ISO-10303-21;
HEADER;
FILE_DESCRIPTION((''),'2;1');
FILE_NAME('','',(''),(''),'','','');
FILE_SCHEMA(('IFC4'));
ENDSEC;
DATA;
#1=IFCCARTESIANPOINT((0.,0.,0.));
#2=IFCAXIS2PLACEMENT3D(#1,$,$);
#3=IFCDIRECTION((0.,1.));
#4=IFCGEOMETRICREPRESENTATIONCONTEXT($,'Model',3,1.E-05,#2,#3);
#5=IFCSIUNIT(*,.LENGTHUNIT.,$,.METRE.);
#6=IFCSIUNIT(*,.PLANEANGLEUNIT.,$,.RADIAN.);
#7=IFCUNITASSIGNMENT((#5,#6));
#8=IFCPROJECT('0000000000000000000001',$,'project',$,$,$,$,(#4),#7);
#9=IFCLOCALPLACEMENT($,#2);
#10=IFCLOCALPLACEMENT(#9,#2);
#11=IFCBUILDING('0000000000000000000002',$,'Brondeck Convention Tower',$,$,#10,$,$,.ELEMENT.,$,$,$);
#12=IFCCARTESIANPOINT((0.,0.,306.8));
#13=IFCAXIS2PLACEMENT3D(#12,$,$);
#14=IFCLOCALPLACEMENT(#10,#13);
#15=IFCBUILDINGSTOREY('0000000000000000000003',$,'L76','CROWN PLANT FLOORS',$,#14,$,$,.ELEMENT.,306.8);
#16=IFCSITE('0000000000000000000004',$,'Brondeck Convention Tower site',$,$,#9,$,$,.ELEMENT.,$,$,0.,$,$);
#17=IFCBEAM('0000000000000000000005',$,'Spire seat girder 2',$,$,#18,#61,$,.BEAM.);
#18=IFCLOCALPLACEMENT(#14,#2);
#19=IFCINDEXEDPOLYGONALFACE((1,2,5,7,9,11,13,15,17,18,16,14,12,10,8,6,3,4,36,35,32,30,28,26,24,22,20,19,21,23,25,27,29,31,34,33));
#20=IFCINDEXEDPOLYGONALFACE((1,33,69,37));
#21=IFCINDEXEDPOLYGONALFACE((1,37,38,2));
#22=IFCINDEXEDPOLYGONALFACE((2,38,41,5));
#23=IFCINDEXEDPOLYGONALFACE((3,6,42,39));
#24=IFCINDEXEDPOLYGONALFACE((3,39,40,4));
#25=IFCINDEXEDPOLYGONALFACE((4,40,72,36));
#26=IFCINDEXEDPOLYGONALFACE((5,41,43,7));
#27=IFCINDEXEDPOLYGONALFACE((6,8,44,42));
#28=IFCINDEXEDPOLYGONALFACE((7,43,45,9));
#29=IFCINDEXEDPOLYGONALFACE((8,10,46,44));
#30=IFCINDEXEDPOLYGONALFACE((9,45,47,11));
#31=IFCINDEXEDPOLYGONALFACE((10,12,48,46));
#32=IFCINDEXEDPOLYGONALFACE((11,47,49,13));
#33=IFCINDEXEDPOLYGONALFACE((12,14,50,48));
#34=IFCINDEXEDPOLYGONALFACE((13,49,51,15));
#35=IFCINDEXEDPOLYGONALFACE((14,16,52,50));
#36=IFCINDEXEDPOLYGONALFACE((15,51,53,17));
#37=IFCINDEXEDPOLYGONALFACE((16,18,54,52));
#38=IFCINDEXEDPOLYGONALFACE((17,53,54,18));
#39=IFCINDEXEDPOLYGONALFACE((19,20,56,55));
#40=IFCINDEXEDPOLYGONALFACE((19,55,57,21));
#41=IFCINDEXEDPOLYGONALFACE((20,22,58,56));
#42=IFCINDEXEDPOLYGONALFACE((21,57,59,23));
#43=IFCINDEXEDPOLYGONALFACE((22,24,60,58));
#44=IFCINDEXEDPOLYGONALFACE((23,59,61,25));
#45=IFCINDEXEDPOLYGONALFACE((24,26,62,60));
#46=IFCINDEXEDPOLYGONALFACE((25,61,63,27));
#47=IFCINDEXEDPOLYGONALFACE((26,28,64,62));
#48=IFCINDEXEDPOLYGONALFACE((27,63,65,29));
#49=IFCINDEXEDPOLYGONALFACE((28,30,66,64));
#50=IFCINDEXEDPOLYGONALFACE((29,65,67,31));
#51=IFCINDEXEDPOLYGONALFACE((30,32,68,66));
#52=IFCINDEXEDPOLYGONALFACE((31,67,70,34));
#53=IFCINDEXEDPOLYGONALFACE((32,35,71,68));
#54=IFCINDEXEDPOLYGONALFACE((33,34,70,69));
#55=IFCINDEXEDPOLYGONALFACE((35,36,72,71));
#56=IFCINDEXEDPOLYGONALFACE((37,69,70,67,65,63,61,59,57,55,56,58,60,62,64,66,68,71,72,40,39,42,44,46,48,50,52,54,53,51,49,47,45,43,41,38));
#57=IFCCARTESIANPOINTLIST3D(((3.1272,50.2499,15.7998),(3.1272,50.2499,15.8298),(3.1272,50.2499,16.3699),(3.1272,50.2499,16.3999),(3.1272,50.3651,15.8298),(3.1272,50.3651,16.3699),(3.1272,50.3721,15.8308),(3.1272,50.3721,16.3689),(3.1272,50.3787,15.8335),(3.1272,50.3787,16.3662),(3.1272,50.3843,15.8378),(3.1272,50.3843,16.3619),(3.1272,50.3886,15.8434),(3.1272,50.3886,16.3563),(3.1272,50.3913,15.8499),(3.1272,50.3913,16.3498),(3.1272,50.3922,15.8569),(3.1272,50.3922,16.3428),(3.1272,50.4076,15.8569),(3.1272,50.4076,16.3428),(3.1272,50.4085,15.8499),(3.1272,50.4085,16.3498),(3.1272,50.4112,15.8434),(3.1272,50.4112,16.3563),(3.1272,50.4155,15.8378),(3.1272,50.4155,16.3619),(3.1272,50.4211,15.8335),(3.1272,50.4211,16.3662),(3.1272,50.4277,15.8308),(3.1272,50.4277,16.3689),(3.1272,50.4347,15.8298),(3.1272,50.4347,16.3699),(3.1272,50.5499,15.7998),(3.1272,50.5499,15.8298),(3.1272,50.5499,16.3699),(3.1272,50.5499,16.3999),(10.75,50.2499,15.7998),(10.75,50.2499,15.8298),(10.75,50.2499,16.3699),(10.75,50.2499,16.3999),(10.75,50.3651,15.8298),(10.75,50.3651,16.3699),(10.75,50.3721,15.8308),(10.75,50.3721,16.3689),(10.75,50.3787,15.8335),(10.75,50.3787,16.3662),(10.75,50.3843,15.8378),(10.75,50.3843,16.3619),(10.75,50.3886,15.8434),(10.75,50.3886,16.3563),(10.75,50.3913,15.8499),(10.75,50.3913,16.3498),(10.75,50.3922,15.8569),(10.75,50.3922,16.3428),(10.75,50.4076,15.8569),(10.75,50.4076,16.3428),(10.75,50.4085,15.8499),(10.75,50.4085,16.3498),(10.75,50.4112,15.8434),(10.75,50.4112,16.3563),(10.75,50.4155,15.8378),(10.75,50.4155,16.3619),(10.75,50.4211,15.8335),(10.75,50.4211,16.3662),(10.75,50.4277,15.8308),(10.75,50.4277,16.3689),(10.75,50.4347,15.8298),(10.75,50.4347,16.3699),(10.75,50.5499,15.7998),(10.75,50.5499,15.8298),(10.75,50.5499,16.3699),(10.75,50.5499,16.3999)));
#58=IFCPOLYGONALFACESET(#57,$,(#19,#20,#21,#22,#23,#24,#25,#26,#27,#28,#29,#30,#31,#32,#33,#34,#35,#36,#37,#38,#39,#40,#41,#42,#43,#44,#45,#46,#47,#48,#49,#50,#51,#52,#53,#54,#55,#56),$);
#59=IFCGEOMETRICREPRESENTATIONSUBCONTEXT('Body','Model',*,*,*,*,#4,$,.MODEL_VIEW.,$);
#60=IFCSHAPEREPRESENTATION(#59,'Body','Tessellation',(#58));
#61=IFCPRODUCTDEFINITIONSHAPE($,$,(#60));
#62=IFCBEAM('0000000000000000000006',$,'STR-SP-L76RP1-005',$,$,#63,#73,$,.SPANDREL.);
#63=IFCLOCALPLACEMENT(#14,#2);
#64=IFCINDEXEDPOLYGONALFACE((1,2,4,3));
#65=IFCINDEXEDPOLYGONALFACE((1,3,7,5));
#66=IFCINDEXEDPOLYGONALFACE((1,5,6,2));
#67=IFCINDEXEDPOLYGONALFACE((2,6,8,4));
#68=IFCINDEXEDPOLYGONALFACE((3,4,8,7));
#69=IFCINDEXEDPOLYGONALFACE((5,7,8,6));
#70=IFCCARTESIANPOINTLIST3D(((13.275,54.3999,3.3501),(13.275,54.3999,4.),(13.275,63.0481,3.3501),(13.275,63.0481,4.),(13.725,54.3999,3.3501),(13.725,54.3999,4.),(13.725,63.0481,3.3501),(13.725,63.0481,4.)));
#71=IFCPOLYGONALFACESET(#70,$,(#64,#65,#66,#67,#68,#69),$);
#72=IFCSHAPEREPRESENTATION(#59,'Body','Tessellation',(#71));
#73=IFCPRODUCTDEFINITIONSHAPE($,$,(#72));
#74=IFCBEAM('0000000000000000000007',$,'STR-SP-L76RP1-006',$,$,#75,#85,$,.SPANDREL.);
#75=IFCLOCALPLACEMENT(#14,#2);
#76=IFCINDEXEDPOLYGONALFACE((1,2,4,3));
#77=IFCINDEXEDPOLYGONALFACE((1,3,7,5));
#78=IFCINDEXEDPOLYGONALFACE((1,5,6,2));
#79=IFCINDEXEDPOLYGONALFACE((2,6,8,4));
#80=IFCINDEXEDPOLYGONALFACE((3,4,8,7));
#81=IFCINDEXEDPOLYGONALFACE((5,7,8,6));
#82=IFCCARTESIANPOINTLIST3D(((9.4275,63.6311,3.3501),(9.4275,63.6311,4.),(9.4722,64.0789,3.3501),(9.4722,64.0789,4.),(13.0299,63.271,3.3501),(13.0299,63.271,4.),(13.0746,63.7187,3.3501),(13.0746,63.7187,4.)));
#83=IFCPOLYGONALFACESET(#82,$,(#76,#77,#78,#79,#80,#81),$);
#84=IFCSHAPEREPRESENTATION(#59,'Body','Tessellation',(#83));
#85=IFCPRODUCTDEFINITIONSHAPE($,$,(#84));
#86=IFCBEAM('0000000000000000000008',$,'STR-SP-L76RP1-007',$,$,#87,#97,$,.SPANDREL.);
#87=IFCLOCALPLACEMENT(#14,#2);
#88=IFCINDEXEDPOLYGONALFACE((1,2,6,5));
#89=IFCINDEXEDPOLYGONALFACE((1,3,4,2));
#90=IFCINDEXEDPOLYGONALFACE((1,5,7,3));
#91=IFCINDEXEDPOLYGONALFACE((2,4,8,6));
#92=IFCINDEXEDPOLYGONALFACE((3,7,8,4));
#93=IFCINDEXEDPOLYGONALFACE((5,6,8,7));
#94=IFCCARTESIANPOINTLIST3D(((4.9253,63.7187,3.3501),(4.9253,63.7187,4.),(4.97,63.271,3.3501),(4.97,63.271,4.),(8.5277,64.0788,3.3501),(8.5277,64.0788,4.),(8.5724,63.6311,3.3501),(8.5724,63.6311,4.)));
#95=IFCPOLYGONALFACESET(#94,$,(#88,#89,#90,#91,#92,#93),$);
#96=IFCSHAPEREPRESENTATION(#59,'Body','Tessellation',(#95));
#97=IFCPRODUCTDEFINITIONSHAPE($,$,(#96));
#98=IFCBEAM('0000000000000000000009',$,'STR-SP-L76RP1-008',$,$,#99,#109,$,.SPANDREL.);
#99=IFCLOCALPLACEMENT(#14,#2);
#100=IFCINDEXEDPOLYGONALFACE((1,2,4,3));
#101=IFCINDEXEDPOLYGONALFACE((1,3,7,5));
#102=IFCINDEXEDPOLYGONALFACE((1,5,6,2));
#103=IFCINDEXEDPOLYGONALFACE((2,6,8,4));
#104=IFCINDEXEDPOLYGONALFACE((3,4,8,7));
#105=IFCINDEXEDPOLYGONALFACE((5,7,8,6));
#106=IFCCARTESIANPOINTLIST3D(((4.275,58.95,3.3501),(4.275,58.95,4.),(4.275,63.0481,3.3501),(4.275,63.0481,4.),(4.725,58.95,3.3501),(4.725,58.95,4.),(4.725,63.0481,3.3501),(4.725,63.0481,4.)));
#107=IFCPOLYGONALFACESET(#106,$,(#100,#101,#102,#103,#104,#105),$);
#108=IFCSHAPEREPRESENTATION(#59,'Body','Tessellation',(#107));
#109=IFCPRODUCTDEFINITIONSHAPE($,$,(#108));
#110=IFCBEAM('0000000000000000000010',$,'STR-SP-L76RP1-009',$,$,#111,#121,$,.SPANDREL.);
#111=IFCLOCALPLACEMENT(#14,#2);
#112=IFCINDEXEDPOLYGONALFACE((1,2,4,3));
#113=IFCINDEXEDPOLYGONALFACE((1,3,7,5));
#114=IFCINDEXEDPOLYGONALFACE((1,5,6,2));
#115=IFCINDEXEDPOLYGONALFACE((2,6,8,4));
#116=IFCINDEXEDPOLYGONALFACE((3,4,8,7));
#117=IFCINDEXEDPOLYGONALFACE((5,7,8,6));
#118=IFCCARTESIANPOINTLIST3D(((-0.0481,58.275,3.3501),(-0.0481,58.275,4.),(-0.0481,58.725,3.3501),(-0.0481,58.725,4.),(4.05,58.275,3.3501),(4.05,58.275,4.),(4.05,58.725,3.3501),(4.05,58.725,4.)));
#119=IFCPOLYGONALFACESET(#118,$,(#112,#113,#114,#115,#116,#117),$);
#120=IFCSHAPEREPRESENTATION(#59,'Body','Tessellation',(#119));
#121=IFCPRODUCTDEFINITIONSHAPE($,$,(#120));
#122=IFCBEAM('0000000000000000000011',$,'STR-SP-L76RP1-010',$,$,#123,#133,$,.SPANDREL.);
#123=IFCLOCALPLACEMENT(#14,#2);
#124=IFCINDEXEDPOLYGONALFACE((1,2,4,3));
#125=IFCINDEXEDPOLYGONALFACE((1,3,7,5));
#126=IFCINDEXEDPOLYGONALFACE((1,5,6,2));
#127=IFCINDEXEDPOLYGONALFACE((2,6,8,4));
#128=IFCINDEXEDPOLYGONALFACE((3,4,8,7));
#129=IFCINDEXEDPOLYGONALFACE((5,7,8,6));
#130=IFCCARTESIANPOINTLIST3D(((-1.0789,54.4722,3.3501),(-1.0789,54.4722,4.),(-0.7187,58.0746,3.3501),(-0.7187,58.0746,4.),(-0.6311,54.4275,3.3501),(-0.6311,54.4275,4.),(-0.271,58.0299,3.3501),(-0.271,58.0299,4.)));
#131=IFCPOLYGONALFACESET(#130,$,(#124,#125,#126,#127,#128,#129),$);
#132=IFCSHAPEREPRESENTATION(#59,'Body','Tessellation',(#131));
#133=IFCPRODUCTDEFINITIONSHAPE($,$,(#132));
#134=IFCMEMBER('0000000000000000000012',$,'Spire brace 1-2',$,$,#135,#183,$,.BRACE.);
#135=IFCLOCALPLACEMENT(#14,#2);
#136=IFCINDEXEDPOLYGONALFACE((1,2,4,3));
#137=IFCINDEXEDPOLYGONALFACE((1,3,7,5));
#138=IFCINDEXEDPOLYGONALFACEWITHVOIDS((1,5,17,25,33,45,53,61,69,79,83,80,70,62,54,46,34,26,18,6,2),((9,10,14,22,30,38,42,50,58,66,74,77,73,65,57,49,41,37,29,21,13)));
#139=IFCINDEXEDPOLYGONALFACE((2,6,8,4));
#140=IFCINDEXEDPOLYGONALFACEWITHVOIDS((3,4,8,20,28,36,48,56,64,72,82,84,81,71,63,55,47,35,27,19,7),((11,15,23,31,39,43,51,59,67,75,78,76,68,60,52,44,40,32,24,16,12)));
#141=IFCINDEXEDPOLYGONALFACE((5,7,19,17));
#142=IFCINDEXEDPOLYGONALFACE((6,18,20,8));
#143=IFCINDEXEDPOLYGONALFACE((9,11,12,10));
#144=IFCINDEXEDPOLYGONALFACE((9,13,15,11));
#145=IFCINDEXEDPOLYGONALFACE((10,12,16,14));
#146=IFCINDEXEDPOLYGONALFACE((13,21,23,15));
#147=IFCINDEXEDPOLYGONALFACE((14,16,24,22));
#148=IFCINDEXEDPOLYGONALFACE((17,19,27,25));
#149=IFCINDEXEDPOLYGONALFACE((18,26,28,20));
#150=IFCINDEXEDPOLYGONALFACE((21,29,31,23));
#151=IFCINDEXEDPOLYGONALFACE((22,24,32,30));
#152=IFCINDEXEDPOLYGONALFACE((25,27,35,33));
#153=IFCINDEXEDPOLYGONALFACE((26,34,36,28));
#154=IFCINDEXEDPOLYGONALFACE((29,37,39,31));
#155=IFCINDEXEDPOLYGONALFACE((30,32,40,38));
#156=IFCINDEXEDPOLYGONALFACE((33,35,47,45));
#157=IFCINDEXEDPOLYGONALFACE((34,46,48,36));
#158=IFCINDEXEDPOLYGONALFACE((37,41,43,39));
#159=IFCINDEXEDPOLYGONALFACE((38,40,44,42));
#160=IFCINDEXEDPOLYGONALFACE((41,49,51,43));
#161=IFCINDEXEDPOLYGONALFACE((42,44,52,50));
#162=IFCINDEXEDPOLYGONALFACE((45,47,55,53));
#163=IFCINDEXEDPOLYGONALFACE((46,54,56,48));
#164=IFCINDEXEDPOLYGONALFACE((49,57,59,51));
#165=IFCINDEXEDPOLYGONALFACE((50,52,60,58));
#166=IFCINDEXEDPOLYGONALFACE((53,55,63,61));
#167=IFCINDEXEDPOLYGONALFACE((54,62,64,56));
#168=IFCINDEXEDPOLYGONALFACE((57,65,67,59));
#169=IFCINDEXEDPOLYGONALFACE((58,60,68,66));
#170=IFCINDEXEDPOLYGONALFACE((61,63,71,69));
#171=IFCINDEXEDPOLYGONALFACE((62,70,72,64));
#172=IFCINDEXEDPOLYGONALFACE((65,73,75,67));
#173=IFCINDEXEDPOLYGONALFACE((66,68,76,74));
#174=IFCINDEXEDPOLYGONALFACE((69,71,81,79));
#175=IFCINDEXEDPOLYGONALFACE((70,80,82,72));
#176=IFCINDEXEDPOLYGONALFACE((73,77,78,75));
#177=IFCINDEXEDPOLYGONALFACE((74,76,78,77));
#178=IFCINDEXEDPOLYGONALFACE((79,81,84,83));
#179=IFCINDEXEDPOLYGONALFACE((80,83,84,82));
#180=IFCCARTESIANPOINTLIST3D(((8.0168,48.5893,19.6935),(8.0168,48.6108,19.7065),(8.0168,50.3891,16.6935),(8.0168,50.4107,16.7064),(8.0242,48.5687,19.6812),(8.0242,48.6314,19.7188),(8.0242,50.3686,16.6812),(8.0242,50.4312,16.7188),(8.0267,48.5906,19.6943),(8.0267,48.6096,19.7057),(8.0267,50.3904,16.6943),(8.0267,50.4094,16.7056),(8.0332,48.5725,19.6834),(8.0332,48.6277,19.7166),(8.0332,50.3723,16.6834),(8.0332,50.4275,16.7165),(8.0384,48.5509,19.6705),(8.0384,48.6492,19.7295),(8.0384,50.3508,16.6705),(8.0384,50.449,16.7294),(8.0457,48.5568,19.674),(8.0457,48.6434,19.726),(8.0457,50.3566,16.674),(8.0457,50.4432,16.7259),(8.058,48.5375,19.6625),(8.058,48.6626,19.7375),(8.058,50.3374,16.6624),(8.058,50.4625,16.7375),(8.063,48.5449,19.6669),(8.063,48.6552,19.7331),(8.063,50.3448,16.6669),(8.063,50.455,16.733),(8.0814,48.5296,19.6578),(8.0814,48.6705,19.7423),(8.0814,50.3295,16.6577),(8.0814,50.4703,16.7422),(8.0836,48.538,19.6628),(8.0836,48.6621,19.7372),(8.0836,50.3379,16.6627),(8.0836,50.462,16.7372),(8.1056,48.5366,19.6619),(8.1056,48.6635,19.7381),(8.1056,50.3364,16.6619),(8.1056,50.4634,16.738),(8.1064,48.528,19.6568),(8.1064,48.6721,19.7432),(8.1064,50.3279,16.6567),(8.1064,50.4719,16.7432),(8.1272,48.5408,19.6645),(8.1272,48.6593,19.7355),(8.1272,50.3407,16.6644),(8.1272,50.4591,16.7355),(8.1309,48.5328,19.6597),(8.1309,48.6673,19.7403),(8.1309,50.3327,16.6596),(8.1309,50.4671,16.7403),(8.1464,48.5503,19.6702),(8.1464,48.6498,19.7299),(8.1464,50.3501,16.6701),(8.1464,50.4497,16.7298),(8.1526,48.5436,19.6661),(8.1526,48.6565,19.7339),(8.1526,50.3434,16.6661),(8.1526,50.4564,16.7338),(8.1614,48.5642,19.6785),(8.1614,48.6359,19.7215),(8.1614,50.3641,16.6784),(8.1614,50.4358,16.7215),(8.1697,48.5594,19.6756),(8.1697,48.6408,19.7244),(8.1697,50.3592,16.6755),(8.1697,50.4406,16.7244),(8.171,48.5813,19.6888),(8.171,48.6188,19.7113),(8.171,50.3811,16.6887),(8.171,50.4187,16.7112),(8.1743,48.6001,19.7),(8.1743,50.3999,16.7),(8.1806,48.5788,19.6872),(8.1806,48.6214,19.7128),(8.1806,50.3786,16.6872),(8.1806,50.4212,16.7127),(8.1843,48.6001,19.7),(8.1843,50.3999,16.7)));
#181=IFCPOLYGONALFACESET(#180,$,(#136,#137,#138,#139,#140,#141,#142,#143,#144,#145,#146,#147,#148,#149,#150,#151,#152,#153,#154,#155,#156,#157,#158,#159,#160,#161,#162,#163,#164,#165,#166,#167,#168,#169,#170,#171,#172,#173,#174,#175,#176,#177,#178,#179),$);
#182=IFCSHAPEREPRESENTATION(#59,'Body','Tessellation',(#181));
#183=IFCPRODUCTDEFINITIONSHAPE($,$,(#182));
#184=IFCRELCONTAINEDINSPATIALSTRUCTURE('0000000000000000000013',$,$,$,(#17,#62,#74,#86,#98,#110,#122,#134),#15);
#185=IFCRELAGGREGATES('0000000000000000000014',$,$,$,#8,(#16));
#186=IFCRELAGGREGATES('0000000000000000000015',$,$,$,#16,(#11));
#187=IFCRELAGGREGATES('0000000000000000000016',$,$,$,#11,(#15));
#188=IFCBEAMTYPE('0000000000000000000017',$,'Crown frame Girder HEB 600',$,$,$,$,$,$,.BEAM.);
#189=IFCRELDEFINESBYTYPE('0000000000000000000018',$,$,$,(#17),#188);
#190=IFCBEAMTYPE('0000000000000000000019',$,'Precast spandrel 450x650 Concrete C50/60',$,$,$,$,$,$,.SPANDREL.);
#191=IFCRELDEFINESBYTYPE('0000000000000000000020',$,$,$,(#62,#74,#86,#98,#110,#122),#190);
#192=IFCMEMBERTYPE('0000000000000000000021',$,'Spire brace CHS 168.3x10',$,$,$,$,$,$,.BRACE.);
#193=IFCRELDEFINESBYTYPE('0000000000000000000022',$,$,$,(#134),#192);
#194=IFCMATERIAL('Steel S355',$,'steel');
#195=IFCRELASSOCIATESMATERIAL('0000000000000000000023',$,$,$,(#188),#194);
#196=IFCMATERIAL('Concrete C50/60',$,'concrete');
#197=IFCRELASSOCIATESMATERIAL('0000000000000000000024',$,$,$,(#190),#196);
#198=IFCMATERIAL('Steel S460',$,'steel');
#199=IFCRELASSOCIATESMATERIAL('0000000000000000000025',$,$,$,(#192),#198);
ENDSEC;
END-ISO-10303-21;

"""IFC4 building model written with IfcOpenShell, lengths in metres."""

from ifc_helpers import new_model, si_unit, direction, frame, origin, origin_2d, place, context, subcontext, project, spatial, rectangle, hollow_circle, i_section, extrude, material, material_profile, profile_set, type_object, element, save


model = new_model("IFC4")

# Units and contexts
model_context = context("Model", 3, precision=1e-05, world=origin(), true_north=direction((0.0, 1.0)))
body_context = subcontext(model_context, "Body", "Model", "MODEL_VIEW")
ifc_project = project(units=[si_unit("LENGTHUNIT", "METRE"), si_unit("PLANEANGLEUNIT", "RADIAN")], contexts=[model_context])

# Site, building, storey
site_placement = place(None, origin())
site = spatial("IfcSite", under=ifc_project, at=site_placement, Name="Brondeck Convention Tower site", CompositionType="ELEMENT", RefElevation=0.0)
building_placement = place(site_placement, origin())
building = spatial("IfcBuilding", under=site, at=building_placement, Name="Brondeck Convention Tower", CompositionType="ELEMENT")
storey_placement = place(building_placement, frame((0.0, 0.0, 306.8)))
storey = spatial("IfcBuildingStorey", under=building, at=storey_placement, Name="L76", Description="CROWN PLANT FLOORS", CompositionType="ELEMENT", Elevation=306.8)

# Beams
ifc_material_1 = material(Name="Steel S355", Category="steel")
ifc_material_profile_1 = material_profile(ifc_material_1, i_section(OverallWidth=0.3, OverallDepth=0.6001, WebThickness=0.0154, FlangeThickness=0.03, FilletRadius=0.0271, at=origin_2d()), Name="HEB 600")
ifc_profile_set_1 = profile_set([ifc_material_profile_1], Name="Steel S355")
beam_type_1 = type_object("IfcBeamType", Name="Crown frame Girder HEB 600", PredefinedType="BEAM", material=ifc_profile_set_1)
beam_1_placement = place(storey_placement, frame((3.1272, 50.3999, 16.0999), z_axis=(1.0, 0.0, 0.0), x_axis=(0.0, 1.0, 0.0)))
element("IfcBeam", 1, at=beam_1_placement, inside=storey, type_object=beam_type_1, Name="Spire seat girder 2", PredefinedType="BEAM", context=body_context, shape_type="SweptSolid", body=[
    extrude(i_section(OverallWidth=0.3, OverallDepth=0.6001, WebThickness=0.0154, FlangeThickness=0.03, FilletRadius=0.0271, at=origin_2d()), origin(), (0.0, 0.0, 1.0), 7.6228),
])
ifc_material_2 = material(Name="Concrete C50/60", Category="concrete")
ifc_material_profile_2 = material_profile(ifc_material_2, rectangle(XDim=0.45, YDim=0.6499, at=origin_2d()), Name="Precast spandrel 450x650 Concrete C50/60")
ifc_profile_set_2 = profile_set([ifc_material_profile_2], Name="Concrete C50/60")
beam_type_2 = type_object("IfcBeamType", Name="Precast spandrel 450x650 Concrete C50/60", PredefinedType="SPANDREL", material=ifc_profile_set_2)
beam_2_placement = place(storey_placement, frame((13.5, 54.3999, 3.675), z_axis=(0.0, 1.0, 0.0), x_axis=(-1.0, 0.0, 0.0)))
element("IfcBeam", 2, at=beam_2_placement, inside=storey, type_object=beam_type_2, Name="STR-SP-L76RP1-005", PredefinedType="SPANDREL", context=body_context, shape_type="SweptSolid", body=[
    extrude(rectangle(XDim=0.45, YDim=0.6499, at=origin_2d()), origin(), (0.0, 0.0, 1.0), 8.6482),
])
for number, where, z_axis, x_axis, name in (
    (3, (13.0522, 63.4949, 3.675), (-0.995041, 0.09947, 0.0), (-0.09947, -0.995041, 0.0), "STR-SP-L76RP1-006"),
    (4, (8.55, 63.855, 3.675), (-0.995041, -0.09947, 0.0), (0.09947, -0.995041, 0.0), "STR-SP-L76RP1-007"),
):
    element("IfcBeam", number, at=place(storey_placement, frame(where, z_axis=z_axis, x_axis=x_axis)), inside=storey, type_object=beam_type_2, Name=name, PredefinedType="SPANDREL", context=body_context, shape_type="SweptSolid", body=[
        extrude(rectangle(XDim=0.45, YDim=0.6499, at=origin_2d()), origin(), (0.0, 0.0, 1.0), 3.6204),
    ])
for number, where, z_axis, x_axis, name in (
    (5, (4.5, 63.0481, 3.675), (0.0, -1.0, 0.0), (1.0, 0.0, 0.0), "STR-SP-L76RP1-008"),
    (6, (4.05, 58.5, 3.675), (-1.0, 0.0, 0.0), (0.0, -1.0, 0.0), "STR-SP-L76RP1-009"),
):
    element("IfcBeam", number, at=place(storey_placement, frame(where, z_axis=z_axis, x_axis=x_axis)), inside=storey, type_object=beam_type_2, Name=name, PredefinedType="SPANDREL", context=body_context, shape_type="SweptSolid", body=[
        extrude(rectangle(XDim=0.45, YDim=0.6499, at=origin_2d()), origin(), (0.0, 0.0, 1.0), 4.0981),
    ])
beam_3_placement = place(storey_placement, frame((-0.4949, 58.0522, 3.675), z_axis=(-0.09947, -0.995041, 0.0), x_axis=(0.995041, -0.09947, 0.0)))
element("IfcBeam", 7, at=beam_3_placement, inside=storey, type_object=beam_type_2, Name="STR-SP-L76RP1-010", PredefinedType="SPANDREL", context=body_context, shape_type="SweptSolid", body=[
    extrude(rectangle(XDim=0.45, YDim=0.6499, at=origin_2d()), origin(), (0.0, 0.0, 1.0), 3.6204),
])

# Member
ifc_material_3 = material(Name="Steel S460", Category="steel")
ifc_material_profile_3 = material_profile(ifc_material_3, hollow_circle(Radius=0.0842, WallThickness=0.01, at=origin_2d()), Name="CHS 168.3x10")
ifc_profile_set_3 = profile_set([ifc_material_profile_3], Name="Steel S460")
member_type_1 = type_object("IfcMemberType", Name="Spire brace CHS 168.3x10", PredefinedType="BRACE", material=ifc_profile_set_3)
for number, where, z_axis, x_axis, name in (
    (8, (8.1001, 50.3999, 16.7), (0.0, -0.514455, 0.857518), (1.0, 0.0, 0.0), "Spire brace 1-2"),
):
    element("IfcMember", number, at=place(storey_placement, frame(where, z_axis=z_axis, x_axis=x_axis)), inside=storey, type_object=member_type_1, Name=name, PredefinedType="BRACE", context=body_context, shape_type="SweptSolid", body=[
        extrude(hollow_circle(Radius=0.0842, WallThickness=0.01, at=origin_2d()), origin(), (0.0, 0.0, 1.0), 3.4985),
    ])

save(model, "model.ifc")
